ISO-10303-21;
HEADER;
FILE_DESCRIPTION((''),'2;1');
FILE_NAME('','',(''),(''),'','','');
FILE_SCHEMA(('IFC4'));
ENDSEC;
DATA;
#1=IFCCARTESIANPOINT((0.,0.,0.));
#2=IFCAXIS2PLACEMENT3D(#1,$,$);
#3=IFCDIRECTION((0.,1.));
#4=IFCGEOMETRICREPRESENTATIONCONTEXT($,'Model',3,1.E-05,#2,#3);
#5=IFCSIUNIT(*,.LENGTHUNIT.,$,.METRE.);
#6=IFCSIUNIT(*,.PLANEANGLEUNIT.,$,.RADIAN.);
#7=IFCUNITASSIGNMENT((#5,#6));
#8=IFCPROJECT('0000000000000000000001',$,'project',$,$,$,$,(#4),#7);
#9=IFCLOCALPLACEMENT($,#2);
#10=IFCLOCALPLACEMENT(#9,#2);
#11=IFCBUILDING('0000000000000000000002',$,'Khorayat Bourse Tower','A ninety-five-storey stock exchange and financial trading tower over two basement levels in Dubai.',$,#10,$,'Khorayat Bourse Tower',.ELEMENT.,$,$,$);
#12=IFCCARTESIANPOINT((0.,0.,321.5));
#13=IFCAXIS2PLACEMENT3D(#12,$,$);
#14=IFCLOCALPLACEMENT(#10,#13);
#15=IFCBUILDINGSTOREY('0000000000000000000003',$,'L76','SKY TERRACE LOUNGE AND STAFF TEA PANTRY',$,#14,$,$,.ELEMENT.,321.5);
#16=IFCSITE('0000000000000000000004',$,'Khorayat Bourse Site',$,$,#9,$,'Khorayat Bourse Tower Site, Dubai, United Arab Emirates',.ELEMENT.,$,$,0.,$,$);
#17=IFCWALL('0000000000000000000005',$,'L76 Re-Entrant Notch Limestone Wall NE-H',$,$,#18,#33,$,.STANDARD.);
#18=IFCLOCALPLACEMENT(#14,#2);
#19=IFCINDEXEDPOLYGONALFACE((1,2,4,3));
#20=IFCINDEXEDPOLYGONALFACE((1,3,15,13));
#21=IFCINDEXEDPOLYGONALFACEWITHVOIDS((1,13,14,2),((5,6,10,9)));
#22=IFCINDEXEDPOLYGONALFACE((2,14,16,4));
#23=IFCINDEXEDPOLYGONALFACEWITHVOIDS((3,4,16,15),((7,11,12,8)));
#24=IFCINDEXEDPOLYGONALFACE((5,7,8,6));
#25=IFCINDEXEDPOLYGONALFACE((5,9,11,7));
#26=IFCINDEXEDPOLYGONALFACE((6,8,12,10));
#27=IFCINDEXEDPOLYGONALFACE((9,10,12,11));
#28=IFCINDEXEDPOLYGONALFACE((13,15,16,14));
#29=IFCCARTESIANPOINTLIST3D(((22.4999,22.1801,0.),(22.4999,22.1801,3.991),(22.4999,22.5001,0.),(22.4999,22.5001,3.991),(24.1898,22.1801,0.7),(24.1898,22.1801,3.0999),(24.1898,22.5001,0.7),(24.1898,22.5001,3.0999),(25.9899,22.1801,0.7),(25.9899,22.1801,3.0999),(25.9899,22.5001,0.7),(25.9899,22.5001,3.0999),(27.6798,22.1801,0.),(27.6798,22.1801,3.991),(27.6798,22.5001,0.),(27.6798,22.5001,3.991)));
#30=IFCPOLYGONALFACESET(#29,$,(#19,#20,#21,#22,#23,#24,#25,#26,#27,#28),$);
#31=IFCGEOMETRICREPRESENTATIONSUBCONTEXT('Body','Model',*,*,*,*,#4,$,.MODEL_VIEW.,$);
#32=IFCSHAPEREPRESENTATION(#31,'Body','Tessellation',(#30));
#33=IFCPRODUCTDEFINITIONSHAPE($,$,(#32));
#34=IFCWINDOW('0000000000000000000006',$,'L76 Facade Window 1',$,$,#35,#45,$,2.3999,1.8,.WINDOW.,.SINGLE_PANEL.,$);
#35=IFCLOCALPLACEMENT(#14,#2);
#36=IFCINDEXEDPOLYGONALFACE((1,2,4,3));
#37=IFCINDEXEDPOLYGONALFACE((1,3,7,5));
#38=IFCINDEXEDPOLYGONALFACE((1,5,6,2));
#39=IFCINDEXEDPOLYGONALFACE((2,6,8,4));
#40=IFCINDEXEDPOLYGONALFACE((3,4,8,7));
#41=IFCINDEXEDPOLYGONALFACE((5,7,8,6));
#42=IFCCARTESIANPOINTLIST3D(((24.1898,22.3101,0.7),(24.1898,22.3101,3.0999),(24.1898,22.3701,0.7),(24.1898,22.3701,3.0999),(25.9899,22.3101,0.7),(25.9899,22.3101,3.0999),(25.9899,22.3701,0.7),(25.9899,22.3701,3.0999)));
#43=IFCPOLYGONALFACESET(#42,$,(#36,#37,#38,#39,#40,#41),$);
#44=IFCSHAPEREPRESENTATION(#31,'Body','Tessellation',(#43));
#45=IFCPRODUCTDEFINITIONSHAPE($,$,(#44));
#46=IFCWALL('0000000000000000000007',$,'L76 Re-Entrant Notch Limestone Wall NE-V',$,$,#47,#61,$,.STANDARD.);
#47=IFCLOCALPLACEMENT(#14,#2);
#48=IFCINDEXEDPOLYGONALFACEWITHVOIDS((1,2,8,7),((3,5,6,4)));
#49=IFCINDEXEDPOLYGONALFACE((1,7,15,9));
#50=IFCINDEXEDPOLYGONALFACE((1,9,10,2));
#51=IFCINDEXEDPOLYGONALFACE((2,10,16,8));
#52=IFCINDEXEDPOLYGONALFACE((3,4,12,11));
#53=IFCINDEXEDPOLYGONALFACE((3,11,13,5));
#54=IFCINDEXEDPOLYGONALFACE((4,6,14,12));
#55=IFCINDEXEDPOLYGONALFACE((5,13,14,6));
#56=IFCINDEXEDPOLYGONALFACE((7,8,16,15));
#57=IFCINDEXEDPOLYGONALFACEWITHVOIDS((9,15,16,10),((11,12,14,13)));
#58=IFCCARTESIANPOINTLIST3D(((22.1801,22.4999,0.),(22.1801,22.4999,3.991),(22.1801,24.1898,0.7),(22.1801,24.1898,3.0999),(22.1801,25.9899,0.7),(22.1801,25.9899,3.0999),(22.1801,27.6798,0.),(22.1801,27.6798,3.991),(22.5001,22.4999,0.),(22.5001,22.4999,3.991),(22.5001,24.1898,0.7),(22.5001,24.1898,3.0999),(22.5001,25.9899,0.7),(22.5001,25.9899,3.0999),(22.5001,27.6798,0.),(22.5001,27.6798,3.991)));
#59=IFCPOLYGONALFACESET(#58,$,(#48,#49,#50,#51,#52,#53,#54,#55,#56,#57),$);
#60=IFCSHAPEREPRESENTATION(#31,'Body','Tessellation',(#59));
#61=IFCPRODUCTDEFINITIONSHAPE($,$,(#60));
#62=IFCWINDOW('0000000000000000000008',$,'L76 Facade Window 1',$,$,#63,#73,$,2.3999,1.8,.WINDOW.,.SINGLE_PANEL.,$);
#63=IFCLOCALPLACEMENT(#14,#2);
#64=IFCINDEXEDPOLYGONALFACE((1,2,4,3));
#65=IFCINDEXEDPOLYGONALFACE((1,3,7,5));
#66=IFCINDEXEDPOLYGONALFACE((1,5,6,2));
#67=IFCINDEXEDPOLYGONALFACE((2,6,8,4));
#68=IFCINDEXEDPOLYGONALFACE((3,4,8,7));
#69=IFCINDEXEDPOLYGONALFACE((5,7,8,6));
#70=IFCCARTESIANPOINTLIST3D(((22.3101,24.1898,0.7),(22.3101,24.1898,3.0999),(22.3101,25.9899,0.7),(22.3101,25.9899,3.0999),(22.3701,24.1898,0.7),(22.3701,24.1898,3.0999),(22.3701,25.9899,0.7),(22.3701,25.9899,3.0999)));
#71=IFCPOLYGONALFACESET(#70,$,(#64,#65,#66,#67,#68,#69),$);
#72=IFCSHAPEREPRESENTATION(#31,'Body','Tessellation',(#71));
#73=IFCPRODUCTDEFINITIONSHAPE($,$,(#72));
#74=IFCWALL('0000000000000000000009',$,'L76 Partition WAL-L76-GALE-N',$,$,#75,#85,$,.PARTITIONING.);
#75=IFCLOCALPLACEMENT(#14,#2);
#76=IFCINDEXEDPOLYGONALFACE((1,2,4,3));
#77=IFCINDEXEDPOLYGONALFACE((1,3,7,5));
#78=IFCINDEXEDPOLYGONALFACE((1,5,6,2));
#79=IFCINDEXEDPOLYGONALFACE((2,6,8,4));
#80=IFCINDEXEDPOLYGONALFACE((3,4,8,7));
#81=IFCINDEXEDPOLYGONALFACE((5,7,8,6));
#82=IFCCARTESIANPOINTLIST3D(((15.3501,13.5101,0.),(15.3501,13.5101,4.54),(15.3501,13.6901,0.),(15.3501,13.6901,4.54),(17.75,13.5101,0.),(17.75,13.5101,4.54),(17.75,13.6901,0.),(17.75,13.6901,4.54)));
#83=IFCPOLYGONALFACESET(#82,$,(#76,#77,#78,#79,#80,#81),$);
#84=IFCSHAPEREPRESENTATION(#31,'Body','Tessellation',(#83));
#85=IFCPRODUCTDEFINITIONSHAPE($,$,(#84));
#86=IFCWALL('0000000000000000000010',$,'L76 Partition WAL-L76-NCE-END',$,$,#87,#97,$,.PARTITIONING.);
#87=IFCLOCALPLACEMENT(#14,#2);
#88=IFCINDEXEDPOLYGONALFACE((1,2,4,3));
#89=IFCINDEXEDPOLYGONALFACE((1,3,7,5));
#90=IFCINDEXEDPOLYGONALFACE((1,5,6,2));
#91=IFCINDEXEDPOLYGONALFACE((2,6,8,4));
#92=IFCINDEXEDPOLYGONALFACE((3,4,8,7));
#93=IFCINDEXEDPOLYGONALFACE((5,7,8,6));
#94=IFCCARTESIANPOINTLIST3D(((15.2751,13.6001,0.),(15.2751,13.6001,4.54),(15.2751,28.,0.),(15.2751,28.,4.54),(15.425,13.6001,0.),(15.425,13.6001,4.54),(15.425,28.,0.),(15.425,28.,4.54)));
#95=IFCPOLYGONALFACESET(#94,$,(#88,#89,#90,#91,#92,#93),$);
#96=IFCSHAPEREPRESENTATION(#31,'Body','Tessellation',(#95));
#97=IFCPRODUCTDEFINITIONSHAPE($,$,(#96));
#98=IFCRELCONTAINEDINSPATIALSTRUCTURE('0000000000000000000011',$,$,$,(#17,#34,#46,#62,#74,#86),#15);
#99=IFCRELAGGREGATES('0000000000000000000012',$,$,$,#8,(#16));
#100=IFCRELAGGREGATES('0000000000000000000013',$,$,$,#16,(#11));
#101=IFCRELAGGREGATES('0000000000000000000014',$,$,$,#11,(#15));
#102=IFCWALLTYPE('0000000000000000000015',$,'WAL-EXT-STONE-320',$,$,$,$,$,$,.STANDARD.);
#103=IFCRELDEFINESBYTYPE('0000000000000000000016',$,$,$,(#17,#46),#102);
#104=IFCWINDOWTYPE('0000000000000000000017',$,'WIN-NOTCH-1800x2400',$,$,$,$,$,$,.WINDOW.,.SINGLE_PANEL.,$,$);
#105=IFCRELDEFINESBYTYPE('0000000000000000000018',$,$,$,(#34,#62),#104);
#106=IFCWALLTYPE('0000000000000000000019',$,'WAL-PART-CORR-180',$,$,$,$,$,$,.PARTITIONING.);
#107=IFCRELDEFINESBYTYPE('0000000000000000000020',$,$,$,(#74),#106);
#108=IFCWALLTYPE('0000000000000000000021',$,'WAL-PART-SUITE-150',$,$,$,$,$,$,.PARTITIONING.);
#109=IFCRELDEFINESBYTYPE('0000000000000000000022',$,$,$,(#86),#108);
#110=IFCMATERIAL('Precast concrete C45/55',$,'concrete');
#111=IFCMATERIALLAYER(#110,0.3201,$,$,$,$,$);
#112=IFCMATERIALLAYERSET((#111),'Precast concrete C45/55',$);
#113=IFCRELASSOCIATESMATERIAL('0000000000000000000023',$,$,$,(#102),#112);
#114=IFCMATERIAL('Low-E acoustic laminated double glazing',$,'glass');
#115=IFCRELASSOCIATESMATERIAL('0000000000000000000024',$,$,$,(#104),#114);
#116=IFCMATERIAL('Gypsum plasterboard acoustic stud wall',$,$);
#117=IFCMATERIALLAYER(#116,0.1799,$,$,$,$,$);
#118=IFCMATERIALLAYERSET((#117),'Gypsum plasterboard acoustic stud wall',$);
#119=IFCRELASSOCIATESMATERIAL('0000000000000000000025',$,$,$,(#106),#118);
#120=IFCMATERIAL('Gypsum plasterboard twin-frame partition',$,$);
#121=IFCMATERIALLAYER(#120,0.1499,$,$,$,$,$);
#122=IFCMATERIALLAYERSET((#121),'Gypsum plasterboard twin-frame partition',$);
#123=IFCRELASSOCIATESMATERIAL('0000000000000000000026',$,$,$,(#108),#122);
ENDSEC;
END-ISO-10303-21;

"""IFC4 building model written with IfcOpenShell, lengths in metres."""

from ifc_helpers import new_model, si_unit, direction, frame, frame_2d, origin, place, context, subcontext, project, spatial, rectangle, extrude, source, transform, mapped, material, layer, layer_set, type_object, element, fill, save


model = new_model("IFC4")

# Units and contexts
model_context = context("Model", 3, precision=1e-05, world=origin(), true_north=direction((0.0, 1.0)))
body_context = subcontext(model_context, "Body", "Model", "MODEL_VIEW")
ifc_project = project(units=[si_unit("LENGTHUNIT", "METRE"), si_unit("PLANEANGLEUNIT", "RADIAN")], contexts=[model_context])

# Site, building, storey
site_placement = place(None, origin())
site = spatial("IfcSite", under=ifc_project, at=site_placement, Name="Khorayat Bourse Site", LongName="Khorayat Bourse Tower Site, Dubai, United Arab Emirates", CompositionType="ELEMENT", RefElevation=0.0)
building_placement = place(site_placement, origin())
building = spatial("IfcBuilding", under=site, at=building_placement, Name="Khorayat Bourse Tower", Description="A ninety-five-storey stock exchange and financial trading tower over two basement levels in Dubai.", LongName="Khorayat Bourse Tower", CompositionType="ELEMENT")
storey_placement = place(building_placement, frame((0.0, 0.0, 321.5)))
storey = spatial("IfcBuildingStorey", under=building, at=storey_placement, Name="L76", Description="SKY TERRACE LOUNGE AND STAFF TEA PANTRY", CompositionType="ELEMENT", Elevation=321.5)

# Walls, openings, windows
ifc_material_1 = material(Name="Precast concrete C45/55", Category="concrete")
ifc_layer_1 = layer(ifc_material_1, 0.3201)
ifc_layer_set_1 = layer_set([ifc_layer_1], Name="Precast concrete C45/55")
wall_type_1 = type_object("IfcWallType", Name="WAL-EXT-STONE-320", PredefinedType="STANDARD", material=ifc_layer_set_1)
shared_shape_1 = source(origin(), body_context, "Body", "SweptSolid", [
    extrude(rectangle(XDim=5.1799, YDim=0.3201, at=frame_2d((2.5898, 0.0))), origin(), (0.0, 0.0, 1.0), 3.991),
])
wall_1_placement = place(storey_placement, frame((22.5, 22.3401, 0.0), z_axis=(0.0, 0.0, 1.0), x_axis=(1.0, 0.0, 0.0)))
wall_1 = element("IfcWall", 1, at=wall_1_placement, inside=storey, type_object=wall_type_1, Name="L76 Re-Entrant Notch Limestone Wall NE-H", PredefinedType="STANDARD", context=body_context, shape_type="MappedRepresentation", body=[
    mapped(shared_shape_1, transform((0.0, 0.0, 0.0), scale=1.0)),
])
shared_shape_2 = source(origin(), body_context, "Body", "SweptSolid", [
    extrude(rectangle(XDim=1.8, YDim=2.3999, at=frame_2d((0.8999, 1.2))), frame((0.0, 0.1699, 0.0), z_axis=(0.0, -1.0, 0.0), x_axis=(1.0, 0.0, 0.0)), (0.0, 0.0, 1.0), 0.3401),
])
opening_1_placement = place(wall_1_placement, frame((1.6899, 0.0, 0.7)))
opening_1 = element("IfcOpeningElement", 2, at=opening_1_placement, cuts=wall_1, PredefinedType="OPENING", context=body_context, shape_type="MappedRepresentation", body=[
    mapped(shared_shape_2, transform((0.0, 0.0, 0.0), scale=1.0)),
])
ifc_material_2 = material(Name="Low-E acoustic laminated double glazing", Category="glass")
window_type = type_object("IfcWindowType", Name="WIN-NOTCH-1800x2400", PartitioningType="SINGLE_PANEL", PredefinedType="WINDOW", material=ifc_material_2)
shared_shape_3 = source(origin(), body_context, "Body", "SweptSolid", [
    extrude(rectangle(XDim=1.8, YDim=2.3999, at=frame_2d((0.8999, 1.2))), frame((0.0, 0.03, 0.0), z_axis=(0.0, -1.0, 0.0), x_axis=(1.0, 0.0, 0.0)), (0.0, 0.0, 1.0), 0.0601),
])
window_1_placement = place(opening_1_placement, origin())
window_1 = element("IfcWindow", 3, at=window_1_placement, inside=storey, type_object=window_type, Name="L76 Facade Window 1", OverallHeight=2.3999, OverallWidth=1.8, PartitioningType="SINGLE_PANEL", PredefinedType="WINDOW", context=body_context, shape_type="MappedRepresentation", body=[
    mapped(shared_shape_3, transform((0.0, 0.0, 0.0), scale=1.0)),
])
fill(opening_1, window_1)
wall_2_placement = place(storey_placement, frame((22.3401, 22.5, 0.0), z_axis=(0.0, 0.0, 1.0), x_axis=(0.0, 1.0, 0.0)))
wall_2 = element("IfcWall", 4, at=wall_2_placement, inside=storey, type_object=wall_type_1, Name="L76 Re-Entrant Notch Limestone Wall NE-V", PredefinedType="STANDARD", context=body_context, shape_type="MappedRepresentation", body=[
    mapped(shared_shape_1, transform((0.0, 0.0, 0.0), scale=1.0)),
])
opening_2_placement = place(wall_2_placement, frame((1.6899, 0.0, 0.7)))
opening_2 = element("IfcOpeningElement", 5, at=opening_2_placement, cuts=wall_2, PredefinedType="OPENING", context=body_context, shape_type="MappedRepresentation", body=[
    mapped(shared_shape_2, transform((0.0, 0.0, 0.0), scale=1.0)),
])
window_2_placement = place(opening_2_placement, origin())
window_2 = element("IfcWindow", 6, at=window_2_placement, inside=storey, type_object=window_type, Name="L76 Facade Window 1", OverallHeight=2.3999, OverallWidth=1.8, PartitioningType="SINGLE_PANEL", PredefinedType="WINDOW", context=body_context, shape_type="MappedRepresentation", body=[
    mapped(shared_shape_3, transform((0.0, 0.0, 0.0), scale=1.0)),
])
fill(opening_2, window_2)

# Walls
ifc_material_3 = material(Name="Gypsum plasterboard acoustic stud wall")
ifc_layer_2 = layer(ifc_material_3, 0.1799)
ifc_layer_set_2 = layer_set([ifc_layer_2], Name="Gypsum plasterboard acoustic stud wall")
wall_type_2 = type_object("IfcWallType", Name="WAL-PART-CORR-180", PredefinedType="PARTITIONING", material=ifc_layer_set_2)
shared_shape_4 = source(origin(), body_context, "Body", "SweptSolid", [
    extrude(rectangle(XDim=2.3999, YDim=0.1799, at=frame_2d((1.2, 0.0))), origin(), (0.0, 0.0, 1.0), 4.54),
])
wall_3_placement = place(storey_placement, frame((15.3501, 13.6001, 0.0), z_axis=(0.0, 0.0, 1.0), x_axis=(1.0, 0.0, 0.0)))
element("IfcWall", 7, at=wall_3_placement, inside=storey, type_object=wall_type_2, Name="L76 Partition WAL-L76-GALE-N", PredefinedType="PARTITIONING", context=body_context, shape_type="MappedRepresentation", body=[
    mapped(shared_shape_4, transform((0.0, 0.0, 0.0), scale=1.0)),
])
ifc_material_4 = material(Name="Gypsum plasterboard twin-frame partition")
ifc_layer_3 = layer(ifc_material_4, 0.1499)
ifc_layer_set_3 = layer_set([ifc_layer_3], Name="Gypsum plasterboard twin-frame partition")
wall_type_3 = type_object("IfcWallType", Name="WAL-PART-SUITE-150", PredefinedType="PARTITIONING", material=ifc_layer_set_3)
shared_shape_5 = source(origin(), body_context, "Body", "SweptSolid", [
    extrude(rectangle(XDim=14.3999, YDim=0.1499, at=frame_2d((7.2, 0.0))), origin(), (0.0, 0.0, 1.0), 4.54),
])
wall_4_placement = place(storey_placement, frame((15.3501, 13.6001, 0.0), z_axis=(0.0, 0.0, 1.0), x_axis=(0.0, 1.0, 0.0)))
element("IfcWall", 8, at=wall_4_placement, inside=storey, type_object=wall_type_3, Name="L76 Partition WAL-L76-NCE-END", PredefinedType="PARTITIONING", context=body_context, shape_type="MappedRepresentation", body=[
    mapped(shared_shape_5, transform((0.0, 0.0, 0.0), scale=1.0)),
])

save(model, "model.ifc")
